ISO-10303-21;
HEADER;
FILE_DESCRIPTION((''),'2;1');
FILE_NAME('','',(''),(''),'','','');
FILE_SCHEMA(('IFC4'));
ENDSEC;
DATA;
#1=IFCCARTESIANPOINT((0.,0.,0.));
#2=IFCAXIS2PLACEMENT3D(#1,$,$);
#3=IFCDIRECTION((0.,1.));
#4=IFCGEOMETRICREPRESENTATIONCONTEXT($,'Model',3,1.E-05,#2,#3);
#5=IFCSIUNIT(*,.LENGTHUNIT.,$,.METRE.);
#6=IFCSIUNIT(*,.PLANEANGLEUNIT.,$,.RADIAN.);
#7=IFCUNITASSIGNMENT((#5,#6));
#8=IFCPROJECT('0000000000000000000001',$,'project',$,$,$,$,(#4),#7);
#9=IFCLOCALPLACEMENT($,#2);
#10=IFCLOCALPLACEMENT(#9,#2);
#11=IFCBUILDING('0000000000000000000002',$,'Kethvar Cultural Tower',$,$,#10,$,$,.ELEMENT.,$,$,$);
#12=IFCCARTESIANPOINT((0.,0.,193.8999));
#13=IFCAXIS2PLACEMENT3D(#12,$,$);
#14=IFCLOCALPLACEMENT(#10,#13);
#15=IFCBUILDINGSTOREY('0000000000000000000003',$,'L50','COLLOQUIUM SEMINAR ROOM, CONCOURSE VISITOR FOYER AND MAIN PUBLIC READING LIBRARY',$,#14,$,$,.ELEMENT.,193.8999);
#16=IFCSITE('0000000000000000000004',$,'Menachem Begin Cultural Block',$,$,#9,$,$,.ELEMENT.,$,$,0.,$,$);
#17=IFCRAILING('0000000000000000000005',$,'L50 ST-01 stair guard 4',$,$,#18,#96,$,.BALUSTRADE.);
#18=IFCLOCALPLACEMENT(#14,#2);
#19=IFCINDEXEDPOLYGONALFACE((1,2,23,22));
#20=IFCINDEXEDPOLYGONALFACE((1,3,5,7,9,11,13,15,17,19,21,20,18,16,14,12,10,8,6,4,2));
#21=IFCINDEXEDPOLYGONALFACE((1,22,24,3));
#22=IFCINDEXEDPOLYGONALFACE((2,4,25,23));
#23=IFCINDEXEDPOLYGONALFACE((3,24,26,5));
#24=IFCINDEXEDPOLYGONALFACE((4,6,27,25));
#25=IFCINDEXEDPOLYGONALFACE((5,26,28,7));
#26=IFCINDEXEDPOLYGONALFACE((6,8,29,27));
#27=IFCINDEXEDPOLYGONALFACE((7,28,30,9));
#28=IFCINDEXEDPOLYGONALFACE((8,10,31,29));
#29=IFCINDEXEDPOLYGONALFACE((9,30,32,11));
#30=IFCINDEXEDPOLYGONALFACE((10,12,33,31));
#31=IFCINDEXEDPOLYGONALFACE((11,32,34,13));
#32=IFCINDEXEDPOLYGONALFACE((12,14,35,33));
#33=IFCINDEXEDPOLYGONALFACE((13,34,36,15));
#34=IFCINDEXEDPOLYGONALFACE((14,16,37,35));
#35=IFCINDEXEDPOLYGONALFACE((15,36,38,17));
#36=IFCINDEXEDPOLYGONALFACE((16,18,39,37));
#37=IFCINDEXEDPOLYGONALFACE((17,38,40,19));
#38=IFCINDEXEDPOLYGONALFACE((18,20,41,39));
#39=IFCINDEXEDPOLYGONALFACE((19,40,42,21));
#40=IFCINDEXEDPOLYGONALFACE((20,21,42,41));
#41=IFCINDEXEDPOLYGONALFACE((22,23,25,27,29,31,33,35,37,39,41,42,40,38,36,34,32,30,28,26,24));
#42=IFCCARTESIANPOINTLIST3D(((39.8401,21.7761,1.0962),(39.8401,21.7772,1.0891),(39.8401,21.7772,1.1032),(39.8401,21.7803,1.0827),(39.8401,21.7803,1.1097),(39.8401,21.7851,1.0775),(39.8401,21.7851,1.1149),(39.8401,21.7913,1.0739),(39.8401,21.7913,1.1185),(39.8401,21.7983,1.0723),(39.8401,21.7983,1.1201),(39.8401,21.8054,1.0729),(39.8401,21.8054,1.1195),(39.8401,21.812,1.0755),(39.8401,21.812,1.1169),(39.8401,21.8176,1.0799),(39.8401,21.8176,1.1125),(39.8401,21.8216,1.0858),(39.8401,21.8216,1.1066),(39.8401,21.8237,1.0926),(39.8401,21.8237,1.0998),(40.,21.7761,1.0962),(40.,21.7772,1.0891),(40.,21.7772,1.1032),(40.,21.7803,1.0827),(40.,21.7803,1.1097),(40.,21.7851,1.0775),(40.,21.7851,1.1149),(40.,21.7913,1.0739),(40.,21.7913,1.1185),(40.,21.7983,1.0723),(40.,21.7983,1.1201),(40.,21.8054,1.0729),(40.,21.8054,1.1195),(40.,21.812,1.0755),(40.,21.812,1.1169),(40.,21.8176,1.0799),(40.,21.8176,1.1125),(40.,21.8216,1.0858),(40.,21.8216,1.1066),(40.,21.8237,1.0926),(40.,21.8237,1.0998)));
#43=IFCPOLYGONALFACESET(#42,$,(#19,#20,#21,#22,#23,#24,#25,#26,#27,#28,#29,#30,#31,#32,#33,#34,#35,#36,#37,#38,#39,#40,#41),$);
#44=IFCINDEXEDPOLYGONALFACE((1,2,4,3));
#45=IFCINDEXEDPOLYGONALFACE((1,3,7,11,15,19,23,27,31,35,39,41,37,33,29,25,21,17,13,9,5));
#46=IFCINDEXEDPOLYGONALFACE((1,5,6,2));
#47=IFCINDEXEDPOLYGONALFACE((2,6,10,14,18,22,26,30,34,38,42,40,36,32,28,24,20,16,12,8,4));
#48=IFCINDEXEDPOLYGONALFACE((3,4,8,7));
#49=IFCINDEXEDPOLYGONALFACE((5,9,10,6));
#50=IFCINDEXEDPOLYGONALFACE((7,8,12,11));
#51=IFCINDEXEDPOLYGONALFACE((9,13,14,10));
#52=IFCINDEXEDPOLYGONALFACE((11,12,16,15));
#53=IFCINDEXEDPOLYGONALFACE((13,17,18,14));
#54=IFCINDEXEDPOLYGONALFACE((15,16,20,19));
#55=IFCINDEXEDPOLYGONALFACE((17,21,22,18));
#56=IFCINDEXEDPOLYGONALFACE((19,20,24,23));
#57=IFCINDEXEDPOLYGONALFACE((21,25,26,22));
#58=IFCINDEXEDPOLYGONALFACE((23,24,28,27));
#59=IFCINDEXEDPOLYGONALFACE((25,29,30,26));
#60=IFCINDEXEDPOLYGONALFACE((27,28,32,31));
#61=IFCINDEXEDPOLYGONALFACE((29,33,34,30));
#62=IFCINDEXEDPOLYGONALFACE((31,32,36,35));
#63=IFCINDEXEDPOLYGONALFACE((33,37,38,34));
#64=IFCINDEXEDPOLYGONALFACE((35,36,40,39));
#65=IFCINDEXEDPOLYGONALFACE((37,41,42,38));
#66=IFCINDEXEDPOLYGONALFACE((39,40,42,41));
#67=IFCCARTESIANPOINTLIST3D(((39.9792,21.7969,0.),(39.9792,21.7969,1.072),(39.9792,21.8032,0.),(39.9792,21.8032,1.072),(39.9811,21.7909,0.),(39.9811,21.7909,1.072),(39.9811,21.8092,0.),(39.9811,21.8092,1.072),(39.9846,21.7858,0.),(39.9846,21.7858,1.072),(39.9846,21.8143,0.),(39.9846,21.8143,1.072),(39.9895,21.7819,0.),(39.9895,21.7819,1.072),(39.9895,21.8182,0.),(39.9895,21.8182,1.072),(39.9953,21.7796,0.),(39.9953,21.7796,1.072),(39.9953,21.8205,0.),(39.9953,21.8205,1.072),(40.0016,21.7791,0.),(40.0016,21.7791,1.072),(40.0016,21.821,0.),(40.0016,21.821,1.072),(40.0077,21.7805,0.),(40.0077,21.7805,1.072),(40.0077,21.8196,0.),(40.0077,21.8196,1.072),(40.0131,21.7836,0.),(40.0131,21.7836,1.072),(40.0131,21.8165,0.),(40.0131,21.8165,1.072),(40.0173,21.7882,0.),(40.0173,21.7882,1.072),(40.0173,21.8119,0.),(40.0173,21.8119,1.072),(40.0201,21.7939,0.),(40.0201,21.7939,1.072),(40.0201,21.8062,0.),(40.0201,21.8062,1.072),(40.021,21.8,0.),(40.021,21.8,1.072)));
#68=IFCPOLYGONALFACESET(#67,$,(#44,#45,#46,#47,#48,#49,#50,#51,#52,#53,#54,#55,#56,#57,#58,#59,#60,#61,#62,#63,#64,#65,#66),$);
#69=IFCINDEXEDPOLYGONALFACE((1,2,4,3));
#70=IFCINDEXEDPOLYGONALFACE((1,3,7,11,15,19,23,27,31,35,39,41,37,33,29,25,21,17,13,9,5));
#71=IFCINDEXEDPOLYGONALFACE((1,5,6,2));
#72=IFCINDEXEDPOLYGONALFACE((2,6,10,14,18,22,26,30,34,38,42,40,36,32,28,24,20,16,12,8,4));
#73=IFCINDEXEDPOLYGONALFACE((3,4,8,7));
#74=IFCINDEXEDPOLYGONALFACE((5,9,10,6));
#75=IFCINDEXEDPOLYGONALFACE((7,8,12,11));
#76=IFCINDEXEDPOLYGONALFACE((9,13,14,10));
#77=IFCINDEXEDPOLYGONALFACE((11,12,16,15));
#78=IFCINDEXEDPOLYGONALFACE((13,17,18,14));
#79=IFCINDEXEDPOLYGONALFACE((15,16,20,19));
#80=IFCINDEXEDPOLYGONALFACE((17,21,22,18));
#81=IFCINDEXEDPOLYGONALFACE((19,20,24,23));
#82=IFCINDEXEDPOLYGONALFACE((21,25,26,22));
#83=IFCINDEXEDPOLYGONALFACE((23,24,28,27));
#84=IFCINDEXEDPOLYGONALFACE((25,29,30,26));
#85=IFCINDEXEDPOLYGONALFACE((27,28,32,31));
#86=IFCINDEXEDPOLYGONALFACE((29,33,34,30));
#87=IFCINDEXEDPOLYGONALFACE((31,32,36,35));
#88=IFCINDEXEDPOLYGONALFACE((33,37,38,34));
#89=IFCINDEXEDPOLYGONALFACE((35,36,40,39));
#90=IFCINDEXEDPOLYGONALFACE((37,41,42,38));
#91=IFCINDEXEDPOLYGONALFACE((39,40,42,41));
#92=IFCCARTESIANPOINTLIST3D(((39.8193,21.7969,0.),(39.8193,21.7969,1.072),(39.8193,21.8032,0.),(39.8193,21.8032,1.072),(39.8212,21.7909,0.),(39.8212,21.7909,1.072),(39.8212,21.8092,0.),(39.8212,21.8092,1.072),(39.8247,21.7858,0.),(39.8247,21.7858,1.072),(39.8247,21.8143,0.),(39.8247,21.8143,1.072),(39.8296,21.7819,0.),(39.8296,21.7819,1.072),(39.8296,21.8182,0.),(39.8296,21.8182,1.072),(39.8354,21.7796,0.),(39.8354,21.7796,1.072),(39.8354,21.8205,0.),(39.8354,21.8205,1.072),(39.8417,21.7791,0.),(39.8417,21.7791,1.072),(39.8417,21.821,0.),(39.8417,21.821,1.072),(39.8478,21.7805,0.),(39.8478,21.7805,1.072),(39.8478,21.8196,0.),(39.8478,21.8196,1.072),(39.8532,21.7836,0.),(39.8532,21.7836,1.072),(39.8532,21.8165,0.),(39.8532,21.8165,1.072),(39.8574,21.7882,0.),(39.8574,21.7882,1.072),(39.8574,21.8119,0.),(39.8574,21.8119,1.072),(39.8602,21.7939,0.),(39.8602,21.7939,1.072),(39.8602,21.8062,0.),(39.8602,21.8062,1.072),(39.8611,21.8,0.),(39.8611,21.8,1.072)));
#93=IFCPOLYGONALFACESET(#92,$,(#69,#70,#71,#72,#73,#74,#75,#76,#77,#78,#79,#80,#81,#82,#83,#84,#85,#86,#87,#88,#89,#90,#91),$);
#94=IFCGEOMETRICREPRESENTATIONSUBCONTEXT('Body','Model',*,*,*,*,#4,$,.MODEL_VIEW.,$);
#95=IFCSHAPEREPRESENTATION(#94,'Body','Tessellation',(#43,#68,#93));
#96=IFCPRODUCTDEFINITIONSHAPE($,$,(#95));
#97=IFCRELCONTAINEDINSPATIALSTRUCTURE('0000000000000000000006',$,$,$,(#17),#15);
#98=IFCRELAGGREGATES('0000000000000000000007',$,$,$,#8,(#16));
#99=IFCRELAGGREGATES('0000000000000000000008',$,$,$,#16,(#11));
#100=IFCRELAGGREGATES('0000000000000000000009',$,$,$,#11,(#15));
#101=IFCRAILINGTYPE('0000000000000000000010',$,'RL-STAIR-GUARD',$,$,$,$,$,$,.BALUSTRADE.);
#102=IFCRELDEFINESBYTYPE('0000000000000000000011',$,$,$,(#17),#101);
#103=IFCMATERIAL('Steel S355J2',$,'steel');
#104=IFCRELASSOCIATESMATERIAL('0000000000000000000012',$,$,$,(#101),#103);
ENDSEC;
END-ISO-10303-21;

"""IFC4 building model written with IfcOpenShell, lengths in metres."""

from ifc_helpers import new_model, si_unit, direction, frame, origin, origin_2d, place, context, subcontext, project, spatial, circle, extrude, material, type_object, element, save


model = new_model("IFC4")

# Units and contexts
model_context = context("Model", 3, precision=1e-05, world=origin(), true_north=direction((0.0, 1.0)))
body_context = subcontext(model_context, "Body", "Model", "MODEL_VIEW")
ifc_project = project(units=[si_unit("LENGTHUNIT", "METRE"), si_unit("PLANEANGLEUNIT", "RADIAN")], contexts=[model_context])

# Site, building, storey
site_placement = place(None, origin())
site = spatial("IfcSite", under=ifc_project, at=site_placement, Name="Menachem Begin Cultural Block", CompositionType="ELEMENT", RefElevation=0.0)
building_placement = place(site_placement, origin())
building = spatial("IfcBuilding", under=site, at=building_placement, Name="Kethvar Cultural Tower", CompositionType="ELEMENT")
storey_placement = place(building_placement, frame((0.0, 0.0, 193.8999)))
storey = spatial("IfcBuildingStorey", under=building, at=storey_placement, Name="L50", Description="COLLOQUIUM SEMINAR ROOM, CONCOURSE VISITOR FOYER AND MAIN PUBLIC READING LIBRARY", CompositionType="ELEMENT", Elevation=193.8999)

# Shared definitions
ifc_material_1 = material(Name="Steel S355J2", Category="steel")

# Railing
railing_type_1 = type_object("IfcRailingType", Name="RL-STAIR-GUARD", PredefinedType="BALUSTRADE", material=ifc_material_1)
railing_1_placement = place(storey_placement, frame((40.0, 21.8, 0.0)))
element("IfcRailing", 1, at=railing_1_placement, inside=storey, type_object=railing_type_1, Name="L50 ST-01 stair guard 4", PredefinedType="BALUSTRADE", context=body_context, shape_type="SweptSolid", body=[
    extrude(circle(Radius=0.0239, at=origin_2d()), frame((0.0, 0.0, 1.0962), z_axis=(-1.0, 0.0, 0.0), x_axis=(0.0, -1.0, 0.0)), (0.0, 0.0, 1.0), 0.1599),
    extrude(circle(Radius=0.021, at=origin_2d()), origin(), (0.0, 0.0, 1.0), 1.072),
    extrude(circle(Radius=0.021, at=origin_2d()), frame((-0.1599, 0.0, 0.0)), (0.0, 0.0, 1.0), 1.072),
])

save(model, "model.ifc")
